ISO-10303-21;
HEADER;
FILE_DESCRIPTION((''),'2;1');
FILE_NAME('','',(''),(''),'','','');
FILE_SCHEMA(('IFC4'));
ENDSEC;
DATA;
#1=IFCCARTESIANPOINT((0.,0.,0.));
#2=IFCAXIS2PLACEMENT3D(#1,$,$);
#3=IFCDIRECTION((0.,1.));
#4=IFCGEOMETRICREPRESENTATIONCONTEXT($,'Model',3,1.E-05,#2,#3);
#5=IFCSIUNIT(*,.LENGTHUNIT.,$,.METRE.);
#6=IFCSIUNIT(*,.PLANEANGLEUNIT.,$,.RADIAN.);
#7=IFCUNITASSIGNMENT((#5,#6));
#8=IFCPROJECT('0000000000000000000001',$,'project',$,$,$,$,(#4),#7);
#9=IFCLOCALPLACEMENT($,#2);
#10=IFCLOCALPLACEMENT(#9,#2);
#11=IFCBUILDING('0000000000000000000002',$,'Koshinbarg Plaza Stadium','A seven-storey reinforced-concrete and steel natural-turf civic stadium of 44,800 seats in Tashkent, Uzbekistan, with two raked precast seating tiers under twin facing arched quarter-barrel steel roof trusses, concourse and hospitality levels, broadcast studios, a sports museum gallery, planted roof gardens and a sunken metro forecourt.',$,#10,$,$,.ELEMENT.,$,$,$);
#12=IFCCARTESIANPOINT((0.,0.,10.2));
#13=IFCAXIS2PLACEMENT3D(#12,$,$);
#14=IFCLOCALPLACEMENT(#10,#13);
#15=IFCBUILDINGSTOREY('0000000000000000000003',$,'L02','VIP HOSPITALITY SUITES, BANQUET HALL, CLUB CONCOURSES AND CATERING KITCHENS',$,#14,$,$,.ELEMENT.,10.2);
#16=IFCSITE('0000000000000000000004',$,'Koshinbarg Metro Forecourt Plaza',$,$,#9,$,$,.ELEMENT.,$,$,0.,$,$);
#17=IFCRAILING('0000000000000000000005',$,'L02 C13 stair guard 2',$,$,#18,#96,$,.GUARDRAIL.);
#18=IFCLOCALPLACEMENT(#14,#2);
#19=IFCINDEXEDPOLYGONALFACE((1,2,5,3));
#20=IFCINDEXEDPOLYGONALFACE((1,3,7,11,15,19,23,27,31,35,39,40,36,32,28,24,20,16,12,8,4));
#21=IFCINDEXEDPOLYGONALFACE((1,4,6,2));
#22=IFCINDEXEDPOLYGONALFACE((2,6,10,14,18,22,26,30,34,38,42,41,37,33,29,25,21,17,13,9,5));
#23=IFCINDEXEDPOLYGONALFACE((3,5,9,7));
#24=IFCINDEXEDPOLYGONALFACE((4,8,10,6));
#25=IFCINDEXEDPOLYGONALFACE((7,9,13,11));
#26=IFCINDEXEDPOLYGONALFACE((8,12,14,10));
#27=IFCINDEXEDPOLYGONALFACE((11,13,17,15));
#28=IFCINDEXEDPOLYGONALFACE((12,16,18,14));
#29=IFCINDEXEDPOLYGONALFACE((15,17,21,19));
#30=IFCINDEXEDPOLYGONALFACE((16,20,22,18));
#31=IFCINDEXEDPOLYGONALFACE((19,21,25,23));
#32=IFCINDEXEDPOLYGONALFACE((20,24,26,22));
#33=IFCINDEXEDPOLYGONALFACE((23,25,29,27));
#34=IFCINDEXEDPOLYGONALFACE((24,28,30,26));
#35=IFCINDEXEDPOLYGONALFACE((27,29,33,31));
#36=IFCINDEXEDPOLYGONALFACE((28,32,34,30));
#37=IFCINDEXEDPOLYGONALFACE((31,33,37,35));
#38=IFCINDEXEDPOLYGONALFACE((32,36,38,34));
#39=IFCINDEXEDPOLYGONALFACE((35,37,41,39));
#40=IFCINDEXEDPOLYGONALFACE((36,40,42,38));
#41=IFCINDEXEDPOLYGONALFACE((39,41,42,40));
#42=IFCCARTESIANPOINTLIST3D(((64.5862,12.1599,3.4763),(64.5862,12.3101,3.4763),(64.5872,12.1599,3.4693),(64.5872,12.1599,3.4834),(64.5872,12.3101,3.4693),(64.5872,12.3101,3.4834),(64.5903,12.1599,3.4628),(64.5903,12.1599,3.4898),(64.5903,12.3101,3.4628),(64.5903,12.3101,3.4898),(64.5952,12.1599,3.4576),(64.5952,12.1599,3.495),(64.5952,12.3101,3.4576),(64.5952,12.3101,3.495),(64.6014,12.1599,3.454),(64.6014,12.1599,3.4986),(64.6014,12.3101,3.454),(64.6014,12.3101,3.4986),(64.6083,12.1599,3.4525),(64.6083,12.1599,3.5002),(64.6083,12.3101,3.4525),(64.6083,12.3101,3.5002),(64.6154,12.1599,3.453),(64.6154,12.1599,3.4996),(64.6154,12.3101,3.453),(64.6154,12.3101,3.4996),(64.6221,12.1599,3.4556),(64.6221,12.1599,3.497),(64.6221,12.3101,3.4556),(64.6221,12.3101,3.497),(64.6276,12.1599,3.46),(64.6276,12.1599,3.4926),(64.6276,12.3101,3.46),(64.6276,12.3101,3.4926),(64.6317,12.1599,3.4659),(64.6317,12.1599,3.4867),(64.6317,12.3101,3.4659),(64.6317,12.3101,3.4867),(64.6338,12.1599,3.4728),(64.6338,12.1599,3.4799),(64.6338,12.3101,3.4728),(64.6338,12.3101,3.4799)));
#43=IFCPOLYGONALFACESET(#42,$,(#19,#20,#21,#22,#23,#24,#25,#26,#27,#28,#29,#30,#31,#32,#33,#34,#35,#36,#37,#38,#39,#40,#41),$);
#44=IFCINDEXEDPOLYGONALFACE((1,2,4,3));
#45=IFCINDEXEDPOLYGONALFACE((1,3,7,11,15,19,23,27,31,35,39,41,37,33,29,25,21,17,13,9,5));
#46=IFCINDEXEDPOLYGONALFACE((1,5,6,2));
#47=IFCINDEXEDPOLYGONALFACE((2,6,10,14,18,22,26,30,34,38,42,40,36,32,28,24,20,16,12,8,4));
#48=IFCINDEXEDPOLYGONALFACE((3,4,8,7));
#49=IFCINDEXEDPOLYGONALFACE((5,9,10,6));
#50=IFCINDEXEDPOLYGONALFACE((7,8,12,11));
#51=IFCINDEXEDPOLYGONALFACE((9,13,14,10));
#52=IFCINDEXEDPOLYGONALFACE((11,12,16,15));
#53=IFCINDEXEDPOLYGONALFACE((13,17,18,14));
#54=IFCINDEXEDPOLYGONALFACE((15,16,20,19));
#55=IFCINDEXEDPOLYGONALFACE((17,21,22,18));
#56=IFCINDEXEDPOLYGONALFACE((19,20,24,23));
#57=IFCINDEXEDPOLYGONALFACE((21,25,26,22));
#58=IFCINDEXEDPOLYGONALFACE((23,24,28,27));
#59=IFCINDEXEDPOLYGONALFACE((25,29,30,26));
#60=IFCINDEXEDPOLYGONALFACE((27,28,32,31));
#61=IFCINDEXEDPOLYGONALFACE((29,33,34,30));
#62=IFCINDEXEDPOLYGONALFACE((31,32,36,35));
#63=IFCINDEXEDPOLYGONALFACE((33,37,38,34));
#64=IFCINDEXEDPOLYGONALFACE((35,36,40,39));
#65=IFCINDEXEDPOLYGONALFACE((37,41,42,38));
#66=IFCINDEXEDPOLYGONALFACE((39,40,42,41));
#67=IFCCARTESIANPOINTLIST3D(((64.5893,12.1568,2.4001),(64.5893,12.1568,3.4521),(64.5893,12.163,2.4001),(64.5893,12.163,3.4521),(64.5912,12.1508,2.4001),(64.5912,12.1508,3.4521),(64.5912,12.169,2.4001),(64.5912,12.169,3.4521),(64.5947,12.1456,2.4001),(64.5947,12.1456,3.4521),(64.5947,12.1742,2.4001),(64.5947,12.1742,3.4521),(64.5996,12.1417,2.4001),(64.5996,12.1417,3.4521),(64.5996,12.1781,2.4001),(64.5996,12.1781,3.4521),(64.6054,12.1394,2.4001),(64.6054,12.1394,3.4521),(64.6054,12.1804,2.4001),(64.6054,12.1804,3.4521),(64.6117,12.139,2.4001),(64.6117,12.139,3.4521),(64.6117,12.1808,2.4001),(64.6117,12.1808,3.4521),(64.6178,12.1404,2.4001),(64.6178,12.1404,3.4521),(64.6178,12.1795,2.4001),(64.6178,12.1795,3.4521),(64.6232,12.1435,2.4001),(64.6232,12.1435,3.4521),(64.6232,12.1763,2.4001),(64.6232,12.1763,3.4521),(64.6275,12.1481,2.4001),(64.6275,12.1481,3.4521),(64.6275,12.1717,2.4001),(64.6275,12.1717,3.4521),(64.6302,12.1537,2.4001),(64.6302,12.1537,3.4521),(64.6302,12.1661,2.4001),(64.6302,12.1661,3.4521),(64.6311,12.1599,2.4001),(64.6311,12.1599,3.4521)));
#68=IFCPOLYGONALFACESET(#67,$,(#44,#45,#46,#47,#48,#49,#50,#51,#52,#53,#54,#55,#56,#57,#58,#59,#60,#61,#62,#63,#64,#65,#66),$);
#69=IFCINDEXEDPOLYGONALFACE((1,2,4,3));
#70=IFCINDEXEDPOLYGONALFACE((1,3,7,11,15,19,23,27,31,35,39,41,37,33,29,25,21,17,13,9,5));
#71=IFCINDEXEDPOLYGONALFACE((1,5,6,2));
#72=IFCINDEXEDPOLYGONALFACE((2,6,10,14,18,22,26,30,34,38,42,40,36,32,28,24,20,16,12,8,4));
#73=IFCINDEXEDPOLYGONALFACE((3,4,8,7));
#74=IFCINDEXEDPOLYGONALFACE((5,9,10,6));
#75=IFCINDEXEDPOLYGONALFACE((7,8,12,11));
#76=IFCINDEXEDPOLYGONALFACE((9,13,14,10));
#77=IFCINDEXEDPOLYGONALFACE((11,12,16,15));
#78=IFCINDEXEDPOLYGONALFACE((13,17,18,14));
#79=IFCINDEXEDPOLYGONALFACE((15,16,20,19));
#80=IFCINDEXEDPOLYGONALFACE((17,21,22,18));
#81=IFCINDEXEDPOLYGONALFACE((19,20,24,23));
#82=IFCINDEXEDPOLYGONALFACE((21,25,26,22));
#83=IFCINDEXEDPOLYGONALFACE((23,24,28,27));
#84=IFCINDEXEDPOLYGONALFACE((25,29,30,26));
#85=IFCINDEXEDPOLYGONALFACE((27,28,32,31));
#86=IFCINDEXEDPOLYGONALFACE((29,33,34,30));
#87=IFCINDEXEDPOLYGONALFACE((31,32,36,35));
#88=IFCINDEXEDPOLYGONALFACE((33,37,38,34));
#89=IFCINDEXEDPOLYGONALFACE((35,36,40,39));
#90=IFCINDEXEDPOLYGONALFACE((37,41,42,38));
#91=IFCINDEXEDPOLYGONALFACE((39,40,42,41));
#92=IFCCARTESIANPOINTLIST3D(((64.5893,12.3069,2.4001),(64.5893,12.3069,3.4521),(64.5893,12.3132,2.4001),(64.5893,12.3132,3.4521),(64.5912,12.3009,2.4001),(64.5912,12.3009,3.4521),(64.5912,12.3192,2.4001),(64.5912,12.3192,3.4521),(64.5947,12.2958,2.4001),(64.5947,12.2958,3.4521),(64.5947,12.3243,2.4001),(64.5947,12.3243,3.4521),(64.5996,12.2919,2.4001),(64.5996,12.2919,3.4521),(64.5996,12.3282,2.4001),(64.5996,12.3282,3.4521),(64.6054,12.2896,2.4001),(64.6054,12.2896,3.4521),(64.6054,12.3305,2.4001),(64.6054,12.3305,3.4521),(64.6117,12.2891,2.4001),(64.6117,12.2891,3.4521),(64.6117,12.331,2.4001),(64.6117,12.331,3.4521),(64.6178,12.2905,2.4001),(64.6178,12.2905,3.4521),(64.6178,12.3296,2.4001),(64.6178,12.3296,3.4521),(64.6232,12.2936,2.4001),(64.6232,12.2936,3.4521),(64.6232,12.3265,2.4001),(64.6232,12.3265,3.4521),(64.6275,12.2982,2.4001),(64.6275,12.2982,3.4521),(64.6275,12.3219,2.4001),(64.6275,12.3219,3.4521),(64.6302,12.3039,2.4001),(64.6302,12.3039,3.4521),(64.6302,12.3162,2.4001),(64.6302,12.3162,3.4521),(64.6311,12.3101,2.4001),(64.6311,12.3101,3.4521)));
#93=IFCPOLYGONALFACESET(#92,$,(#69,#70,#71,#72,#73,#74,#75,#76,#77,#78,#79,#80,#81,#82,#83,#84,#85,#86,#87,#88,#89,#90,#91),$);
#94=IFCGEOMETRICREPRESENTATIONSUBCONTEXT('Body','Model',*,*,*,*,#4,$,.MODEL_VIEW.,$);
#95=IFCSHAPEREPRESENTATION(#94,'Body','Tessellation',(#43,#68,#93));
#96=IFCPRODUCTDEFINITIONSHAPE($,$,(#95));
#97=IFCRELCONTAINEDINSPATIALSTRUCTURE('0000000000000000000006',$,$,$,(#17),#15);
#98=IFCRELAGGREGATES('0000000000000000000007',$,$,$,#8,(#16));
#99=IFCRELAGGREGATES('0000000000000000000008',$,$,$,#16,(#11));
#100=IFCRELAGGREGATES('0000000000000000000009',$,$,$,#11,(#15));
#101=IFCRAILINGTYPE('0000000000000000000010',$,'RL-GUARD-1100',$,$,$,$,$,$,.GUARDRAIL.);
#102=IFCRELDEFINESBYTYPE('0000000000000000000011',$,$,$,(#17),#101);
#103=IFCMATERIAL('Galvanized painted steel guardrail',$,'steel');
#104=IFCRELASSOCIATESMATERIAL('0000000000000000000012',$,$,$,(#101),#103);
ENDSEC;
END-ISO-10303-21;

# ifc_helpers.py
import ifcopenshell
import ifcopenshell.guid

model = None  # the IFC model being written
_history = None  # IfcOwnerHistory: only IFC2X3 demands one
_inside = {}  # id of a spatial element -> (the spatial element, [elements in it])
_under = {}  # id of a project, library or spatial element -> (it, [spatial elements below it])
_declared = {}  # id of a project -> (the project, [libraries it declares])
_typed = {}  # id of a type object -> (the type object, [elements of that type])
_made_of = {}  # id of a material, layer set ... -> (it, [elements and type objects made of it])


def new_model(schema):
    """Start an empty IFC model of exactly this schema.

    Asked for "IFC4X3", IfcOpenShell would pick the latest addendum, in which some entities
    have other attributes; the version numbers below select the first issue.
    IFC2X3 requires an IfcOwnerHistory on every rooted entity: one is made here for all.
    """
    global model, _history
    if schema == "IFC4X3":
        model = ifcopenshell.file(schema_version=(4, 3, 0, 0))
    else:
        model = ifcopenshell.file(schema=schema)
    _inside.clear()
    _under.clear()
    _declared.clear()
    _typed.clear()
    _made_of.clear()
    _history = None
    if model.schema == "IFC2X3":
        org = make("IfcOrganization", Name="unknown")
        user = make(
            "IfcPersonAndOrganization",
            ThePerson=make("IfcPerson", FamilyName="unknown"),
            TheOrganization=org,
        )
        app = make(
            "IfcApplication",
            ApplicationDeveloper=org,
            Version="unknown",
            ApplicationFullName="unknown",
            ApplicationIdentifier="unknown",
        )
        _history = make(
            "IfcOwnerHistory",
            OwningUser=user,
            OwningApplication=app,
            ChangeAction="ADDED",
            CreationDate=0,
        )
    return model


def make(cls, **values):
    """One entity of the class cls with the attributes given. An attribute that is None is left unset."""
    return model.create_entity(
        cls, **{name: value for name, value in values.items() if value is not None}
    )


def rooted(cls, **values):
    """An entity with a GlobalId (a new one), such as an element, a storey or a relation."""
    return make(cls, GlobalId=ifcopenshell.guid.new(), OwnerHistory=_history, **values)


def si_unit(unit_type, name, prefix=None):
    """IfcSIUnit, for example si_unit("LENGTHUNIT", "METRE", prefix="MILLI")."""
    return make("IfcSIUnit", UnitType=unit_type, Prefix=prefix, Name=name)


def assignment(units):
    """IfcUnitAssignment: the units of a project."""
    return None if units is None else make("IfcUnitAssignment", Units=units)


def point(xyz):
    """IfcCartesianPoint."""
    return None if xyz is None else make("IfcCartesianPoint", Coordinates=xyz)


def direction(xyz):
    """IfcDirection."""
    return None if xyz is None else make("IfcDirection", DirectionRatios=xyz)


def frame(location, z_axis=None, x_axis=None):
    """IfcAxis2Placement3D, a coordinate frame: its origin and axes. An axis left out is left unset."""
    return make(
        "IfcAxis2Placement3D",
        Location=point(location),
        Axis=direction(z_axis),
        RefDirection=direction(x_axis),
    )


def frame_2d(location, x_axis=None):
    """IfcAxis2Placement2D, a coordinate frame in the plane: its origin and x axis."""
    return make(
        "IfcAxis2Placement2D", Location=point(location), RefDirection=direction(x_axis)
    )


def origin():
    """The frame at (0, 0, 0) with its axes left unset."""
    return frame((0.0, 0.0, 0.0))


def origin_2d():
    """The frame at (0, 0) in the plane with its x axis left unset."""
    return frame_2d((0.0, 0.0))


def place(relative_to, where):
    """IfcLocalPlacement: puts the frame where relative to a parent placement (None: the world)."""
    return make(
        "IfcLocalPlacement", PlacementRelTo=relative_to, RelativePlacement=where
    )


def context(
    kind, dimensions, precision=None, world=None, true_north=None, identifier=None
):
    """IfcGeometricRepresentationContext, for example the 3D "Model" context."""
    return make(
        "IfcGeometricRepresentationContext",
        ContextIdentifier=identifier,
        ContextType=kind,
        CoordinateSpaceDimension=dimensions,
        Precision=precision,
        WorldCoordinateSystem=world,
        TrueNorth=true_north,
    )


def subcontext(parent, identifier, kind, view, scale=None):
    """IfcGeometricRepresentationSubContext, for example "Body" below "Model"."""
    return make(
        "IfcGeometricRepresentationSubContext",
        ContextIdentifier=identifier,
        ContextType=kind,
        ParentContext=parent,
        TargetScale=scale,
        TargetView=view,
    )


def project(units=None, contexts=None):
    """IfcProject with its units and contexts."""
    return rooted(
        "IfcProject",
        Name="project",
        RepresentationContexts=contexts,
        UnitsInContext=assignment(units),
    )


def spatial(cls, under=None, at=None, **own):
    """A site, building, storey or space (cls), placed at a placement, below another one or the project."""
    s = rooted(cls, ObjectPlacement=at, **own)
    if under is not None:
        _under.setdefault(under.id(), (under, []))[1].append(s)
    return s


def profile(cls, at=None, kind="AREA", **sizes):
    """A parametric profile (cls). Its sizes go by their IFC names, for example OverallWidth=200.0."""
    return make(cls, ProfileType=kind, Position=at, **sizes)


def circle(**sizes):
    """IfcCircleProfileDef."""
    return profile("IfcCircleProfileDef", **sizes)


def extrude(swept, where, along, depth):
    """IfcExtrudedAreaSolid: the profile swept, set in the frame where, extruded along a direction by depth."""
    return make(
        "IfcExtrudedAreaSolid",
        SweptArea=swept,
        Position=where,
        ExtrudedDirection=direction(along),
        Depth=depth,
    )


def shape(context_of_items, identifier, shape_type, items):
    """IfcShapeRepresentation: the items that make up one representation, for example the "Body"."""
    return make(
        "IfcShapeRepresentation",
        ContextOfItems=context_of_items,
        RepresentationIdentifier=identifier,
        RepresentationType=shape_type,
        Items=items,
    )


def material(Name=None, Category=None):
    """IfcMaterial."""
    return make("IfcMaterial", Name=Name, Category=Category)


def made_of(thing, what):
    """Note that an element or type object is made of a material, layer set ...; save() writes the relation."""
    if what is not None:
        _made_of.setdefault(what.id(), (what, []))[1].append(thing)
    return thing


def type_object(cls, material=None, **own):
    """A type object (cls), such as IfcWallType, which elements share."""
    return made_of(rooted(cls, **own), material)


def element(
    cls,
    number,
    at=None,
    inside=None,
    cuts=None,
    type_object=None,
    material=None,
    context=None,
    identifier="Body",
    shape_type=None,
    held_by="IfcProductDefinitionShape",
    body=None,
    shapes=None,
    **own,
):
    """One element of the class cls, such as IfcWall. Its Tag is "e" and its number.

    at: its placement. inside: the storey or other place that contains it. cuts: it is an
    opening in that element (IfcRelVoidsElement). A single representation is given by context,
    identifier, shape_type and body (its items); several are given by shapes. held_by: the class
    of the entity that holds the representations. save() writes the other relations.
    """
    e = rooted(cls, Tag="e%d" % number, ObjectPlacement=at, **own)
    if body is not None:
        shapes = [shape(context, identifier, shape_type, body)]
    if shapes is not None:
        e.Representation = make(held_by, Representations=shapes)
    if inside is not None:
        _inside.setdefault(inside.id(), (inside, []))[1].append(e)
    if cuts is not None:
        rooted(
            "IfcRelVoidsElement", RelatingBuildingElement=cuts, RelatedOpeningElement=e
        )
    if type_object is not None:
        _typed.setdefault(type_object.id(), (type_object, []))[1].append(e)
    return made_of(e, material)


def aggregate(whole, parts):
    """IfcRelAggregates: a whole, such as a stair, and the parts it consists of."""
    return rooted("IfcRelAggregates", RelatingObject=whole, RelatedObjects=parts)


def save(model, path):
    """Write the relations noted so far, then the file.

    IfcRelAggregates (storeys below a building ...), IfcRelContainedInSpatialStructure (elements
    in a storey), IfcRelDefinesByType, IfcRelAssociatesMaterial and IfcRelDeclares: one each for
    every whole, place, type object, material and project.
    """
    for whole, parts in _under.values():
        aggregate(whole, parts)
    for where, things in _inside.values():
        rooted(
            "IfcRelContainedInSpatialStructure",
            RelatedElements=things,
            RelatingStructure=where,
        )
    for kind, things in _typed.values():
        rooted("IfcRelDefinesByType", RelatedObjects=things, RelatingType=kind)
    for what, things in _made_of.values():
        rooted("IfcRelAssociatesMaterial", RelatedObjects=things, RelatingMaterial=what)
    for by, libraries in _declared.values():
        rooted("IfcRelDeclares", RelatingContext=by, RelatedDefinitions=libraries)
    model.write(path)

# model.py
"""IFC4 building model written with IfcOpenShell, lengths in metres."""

from ifc_helpers import new_model, si_unit, direction, frame, origin, origin_2d, place, context, subcontext, project, spatial, circle, extrude, material, type_object, element, save


model = new_model("IFC4")

# Units and contexts
model_context = context("Model", 3, precision=1e-05, world=origin(), true_north=direction((0.0, 1.0)))
body_context = subcontext(model_context, "Body", "Model", "MODEL_VIEW")
ifc_project = project(units=[si_unit("LENGTHUNIT", "METRE"), si_unit("PLANEANGLEUNIT", "RADIAN")], contexts=[model_context])

# Site, building, storey
site_placement = place(None, origin())
site = spatial("IfcSite", under=ifc_project, at=site_placement, Name="Koshinbarg Metro Forecourt Plaza", CompositionType="ELEMENT", RefElevation=0.0)
building_placement = place(site_placement, origin())
building = spatial("IfcBuilding", under=site, at=building_placement, Name="Koshinbarg Plaza Stadium", Description="A seven-storey reinforced-concrete and steel natural-turf civic stadium of 44,800 seats in Tashkent, Uzbekistan, with two raked precast seating tiers under twin facing arched quarter-barrel steel roof trusses, concourse and hospitality levels, broadcast studios, a sports museum gallery, planted roof gardens and a sunken metro forecourt.", CompositionType="ELEMENT")
storey_placement = place(building_placement, frame((0.0, 0.0, 10.2)))
storey = spatial("IfcBuildingStorey", under=building, at=storey_placement, Name="L02", Description="VIP HOSPITALITY SUITES, BANQUET HALL, CLUB CONCOURSES AND CATERING KITCHENS", CompositionType="ELEMENT", Elevation=10.2)

# Railing
ifc_material_1 = material(Name="Galvanized painted steel guardrail", Category="steel")
railing_type_1 = type_object("IfcRailingType", Name="RL-GUARD-1100", PredefinedType="GUARDRAIL", material=ifc_material_1)
railing_1_placement = place(storey_placement, frame((64.6101, 12.1599, 2.4001)))
element("IfcRailing", 1, at=railing_1_placement, inside=storey, type_object=railing_type_1, Name="L02 C13 stair guard 2", PredefinedType="GUARDRAIL", context=body_context, shape_type="SweptSolid", body=[
    extrude(circle(Radius=0.0239, at=origin_2d()), frame((0.0, 0.0, 1.0762), z_axis=(0.0, 1.0, 0.0), x_axis=(-1.0, 0.0, 0.0)), (0.0, 0.0, 1.0), 0.1501),
    extrude(circle(Radius=0.021, at=origin_2d()), origin(), (0.0, 0.0, 1.0), 1.052),
    extrude(circle(Radius=0.021, at=origin_2d()), frame((0.0, 0.1501, 0.0)), (0.0, 0.0, 1.0), 1.052),
])

save(model, "model.ifc")
